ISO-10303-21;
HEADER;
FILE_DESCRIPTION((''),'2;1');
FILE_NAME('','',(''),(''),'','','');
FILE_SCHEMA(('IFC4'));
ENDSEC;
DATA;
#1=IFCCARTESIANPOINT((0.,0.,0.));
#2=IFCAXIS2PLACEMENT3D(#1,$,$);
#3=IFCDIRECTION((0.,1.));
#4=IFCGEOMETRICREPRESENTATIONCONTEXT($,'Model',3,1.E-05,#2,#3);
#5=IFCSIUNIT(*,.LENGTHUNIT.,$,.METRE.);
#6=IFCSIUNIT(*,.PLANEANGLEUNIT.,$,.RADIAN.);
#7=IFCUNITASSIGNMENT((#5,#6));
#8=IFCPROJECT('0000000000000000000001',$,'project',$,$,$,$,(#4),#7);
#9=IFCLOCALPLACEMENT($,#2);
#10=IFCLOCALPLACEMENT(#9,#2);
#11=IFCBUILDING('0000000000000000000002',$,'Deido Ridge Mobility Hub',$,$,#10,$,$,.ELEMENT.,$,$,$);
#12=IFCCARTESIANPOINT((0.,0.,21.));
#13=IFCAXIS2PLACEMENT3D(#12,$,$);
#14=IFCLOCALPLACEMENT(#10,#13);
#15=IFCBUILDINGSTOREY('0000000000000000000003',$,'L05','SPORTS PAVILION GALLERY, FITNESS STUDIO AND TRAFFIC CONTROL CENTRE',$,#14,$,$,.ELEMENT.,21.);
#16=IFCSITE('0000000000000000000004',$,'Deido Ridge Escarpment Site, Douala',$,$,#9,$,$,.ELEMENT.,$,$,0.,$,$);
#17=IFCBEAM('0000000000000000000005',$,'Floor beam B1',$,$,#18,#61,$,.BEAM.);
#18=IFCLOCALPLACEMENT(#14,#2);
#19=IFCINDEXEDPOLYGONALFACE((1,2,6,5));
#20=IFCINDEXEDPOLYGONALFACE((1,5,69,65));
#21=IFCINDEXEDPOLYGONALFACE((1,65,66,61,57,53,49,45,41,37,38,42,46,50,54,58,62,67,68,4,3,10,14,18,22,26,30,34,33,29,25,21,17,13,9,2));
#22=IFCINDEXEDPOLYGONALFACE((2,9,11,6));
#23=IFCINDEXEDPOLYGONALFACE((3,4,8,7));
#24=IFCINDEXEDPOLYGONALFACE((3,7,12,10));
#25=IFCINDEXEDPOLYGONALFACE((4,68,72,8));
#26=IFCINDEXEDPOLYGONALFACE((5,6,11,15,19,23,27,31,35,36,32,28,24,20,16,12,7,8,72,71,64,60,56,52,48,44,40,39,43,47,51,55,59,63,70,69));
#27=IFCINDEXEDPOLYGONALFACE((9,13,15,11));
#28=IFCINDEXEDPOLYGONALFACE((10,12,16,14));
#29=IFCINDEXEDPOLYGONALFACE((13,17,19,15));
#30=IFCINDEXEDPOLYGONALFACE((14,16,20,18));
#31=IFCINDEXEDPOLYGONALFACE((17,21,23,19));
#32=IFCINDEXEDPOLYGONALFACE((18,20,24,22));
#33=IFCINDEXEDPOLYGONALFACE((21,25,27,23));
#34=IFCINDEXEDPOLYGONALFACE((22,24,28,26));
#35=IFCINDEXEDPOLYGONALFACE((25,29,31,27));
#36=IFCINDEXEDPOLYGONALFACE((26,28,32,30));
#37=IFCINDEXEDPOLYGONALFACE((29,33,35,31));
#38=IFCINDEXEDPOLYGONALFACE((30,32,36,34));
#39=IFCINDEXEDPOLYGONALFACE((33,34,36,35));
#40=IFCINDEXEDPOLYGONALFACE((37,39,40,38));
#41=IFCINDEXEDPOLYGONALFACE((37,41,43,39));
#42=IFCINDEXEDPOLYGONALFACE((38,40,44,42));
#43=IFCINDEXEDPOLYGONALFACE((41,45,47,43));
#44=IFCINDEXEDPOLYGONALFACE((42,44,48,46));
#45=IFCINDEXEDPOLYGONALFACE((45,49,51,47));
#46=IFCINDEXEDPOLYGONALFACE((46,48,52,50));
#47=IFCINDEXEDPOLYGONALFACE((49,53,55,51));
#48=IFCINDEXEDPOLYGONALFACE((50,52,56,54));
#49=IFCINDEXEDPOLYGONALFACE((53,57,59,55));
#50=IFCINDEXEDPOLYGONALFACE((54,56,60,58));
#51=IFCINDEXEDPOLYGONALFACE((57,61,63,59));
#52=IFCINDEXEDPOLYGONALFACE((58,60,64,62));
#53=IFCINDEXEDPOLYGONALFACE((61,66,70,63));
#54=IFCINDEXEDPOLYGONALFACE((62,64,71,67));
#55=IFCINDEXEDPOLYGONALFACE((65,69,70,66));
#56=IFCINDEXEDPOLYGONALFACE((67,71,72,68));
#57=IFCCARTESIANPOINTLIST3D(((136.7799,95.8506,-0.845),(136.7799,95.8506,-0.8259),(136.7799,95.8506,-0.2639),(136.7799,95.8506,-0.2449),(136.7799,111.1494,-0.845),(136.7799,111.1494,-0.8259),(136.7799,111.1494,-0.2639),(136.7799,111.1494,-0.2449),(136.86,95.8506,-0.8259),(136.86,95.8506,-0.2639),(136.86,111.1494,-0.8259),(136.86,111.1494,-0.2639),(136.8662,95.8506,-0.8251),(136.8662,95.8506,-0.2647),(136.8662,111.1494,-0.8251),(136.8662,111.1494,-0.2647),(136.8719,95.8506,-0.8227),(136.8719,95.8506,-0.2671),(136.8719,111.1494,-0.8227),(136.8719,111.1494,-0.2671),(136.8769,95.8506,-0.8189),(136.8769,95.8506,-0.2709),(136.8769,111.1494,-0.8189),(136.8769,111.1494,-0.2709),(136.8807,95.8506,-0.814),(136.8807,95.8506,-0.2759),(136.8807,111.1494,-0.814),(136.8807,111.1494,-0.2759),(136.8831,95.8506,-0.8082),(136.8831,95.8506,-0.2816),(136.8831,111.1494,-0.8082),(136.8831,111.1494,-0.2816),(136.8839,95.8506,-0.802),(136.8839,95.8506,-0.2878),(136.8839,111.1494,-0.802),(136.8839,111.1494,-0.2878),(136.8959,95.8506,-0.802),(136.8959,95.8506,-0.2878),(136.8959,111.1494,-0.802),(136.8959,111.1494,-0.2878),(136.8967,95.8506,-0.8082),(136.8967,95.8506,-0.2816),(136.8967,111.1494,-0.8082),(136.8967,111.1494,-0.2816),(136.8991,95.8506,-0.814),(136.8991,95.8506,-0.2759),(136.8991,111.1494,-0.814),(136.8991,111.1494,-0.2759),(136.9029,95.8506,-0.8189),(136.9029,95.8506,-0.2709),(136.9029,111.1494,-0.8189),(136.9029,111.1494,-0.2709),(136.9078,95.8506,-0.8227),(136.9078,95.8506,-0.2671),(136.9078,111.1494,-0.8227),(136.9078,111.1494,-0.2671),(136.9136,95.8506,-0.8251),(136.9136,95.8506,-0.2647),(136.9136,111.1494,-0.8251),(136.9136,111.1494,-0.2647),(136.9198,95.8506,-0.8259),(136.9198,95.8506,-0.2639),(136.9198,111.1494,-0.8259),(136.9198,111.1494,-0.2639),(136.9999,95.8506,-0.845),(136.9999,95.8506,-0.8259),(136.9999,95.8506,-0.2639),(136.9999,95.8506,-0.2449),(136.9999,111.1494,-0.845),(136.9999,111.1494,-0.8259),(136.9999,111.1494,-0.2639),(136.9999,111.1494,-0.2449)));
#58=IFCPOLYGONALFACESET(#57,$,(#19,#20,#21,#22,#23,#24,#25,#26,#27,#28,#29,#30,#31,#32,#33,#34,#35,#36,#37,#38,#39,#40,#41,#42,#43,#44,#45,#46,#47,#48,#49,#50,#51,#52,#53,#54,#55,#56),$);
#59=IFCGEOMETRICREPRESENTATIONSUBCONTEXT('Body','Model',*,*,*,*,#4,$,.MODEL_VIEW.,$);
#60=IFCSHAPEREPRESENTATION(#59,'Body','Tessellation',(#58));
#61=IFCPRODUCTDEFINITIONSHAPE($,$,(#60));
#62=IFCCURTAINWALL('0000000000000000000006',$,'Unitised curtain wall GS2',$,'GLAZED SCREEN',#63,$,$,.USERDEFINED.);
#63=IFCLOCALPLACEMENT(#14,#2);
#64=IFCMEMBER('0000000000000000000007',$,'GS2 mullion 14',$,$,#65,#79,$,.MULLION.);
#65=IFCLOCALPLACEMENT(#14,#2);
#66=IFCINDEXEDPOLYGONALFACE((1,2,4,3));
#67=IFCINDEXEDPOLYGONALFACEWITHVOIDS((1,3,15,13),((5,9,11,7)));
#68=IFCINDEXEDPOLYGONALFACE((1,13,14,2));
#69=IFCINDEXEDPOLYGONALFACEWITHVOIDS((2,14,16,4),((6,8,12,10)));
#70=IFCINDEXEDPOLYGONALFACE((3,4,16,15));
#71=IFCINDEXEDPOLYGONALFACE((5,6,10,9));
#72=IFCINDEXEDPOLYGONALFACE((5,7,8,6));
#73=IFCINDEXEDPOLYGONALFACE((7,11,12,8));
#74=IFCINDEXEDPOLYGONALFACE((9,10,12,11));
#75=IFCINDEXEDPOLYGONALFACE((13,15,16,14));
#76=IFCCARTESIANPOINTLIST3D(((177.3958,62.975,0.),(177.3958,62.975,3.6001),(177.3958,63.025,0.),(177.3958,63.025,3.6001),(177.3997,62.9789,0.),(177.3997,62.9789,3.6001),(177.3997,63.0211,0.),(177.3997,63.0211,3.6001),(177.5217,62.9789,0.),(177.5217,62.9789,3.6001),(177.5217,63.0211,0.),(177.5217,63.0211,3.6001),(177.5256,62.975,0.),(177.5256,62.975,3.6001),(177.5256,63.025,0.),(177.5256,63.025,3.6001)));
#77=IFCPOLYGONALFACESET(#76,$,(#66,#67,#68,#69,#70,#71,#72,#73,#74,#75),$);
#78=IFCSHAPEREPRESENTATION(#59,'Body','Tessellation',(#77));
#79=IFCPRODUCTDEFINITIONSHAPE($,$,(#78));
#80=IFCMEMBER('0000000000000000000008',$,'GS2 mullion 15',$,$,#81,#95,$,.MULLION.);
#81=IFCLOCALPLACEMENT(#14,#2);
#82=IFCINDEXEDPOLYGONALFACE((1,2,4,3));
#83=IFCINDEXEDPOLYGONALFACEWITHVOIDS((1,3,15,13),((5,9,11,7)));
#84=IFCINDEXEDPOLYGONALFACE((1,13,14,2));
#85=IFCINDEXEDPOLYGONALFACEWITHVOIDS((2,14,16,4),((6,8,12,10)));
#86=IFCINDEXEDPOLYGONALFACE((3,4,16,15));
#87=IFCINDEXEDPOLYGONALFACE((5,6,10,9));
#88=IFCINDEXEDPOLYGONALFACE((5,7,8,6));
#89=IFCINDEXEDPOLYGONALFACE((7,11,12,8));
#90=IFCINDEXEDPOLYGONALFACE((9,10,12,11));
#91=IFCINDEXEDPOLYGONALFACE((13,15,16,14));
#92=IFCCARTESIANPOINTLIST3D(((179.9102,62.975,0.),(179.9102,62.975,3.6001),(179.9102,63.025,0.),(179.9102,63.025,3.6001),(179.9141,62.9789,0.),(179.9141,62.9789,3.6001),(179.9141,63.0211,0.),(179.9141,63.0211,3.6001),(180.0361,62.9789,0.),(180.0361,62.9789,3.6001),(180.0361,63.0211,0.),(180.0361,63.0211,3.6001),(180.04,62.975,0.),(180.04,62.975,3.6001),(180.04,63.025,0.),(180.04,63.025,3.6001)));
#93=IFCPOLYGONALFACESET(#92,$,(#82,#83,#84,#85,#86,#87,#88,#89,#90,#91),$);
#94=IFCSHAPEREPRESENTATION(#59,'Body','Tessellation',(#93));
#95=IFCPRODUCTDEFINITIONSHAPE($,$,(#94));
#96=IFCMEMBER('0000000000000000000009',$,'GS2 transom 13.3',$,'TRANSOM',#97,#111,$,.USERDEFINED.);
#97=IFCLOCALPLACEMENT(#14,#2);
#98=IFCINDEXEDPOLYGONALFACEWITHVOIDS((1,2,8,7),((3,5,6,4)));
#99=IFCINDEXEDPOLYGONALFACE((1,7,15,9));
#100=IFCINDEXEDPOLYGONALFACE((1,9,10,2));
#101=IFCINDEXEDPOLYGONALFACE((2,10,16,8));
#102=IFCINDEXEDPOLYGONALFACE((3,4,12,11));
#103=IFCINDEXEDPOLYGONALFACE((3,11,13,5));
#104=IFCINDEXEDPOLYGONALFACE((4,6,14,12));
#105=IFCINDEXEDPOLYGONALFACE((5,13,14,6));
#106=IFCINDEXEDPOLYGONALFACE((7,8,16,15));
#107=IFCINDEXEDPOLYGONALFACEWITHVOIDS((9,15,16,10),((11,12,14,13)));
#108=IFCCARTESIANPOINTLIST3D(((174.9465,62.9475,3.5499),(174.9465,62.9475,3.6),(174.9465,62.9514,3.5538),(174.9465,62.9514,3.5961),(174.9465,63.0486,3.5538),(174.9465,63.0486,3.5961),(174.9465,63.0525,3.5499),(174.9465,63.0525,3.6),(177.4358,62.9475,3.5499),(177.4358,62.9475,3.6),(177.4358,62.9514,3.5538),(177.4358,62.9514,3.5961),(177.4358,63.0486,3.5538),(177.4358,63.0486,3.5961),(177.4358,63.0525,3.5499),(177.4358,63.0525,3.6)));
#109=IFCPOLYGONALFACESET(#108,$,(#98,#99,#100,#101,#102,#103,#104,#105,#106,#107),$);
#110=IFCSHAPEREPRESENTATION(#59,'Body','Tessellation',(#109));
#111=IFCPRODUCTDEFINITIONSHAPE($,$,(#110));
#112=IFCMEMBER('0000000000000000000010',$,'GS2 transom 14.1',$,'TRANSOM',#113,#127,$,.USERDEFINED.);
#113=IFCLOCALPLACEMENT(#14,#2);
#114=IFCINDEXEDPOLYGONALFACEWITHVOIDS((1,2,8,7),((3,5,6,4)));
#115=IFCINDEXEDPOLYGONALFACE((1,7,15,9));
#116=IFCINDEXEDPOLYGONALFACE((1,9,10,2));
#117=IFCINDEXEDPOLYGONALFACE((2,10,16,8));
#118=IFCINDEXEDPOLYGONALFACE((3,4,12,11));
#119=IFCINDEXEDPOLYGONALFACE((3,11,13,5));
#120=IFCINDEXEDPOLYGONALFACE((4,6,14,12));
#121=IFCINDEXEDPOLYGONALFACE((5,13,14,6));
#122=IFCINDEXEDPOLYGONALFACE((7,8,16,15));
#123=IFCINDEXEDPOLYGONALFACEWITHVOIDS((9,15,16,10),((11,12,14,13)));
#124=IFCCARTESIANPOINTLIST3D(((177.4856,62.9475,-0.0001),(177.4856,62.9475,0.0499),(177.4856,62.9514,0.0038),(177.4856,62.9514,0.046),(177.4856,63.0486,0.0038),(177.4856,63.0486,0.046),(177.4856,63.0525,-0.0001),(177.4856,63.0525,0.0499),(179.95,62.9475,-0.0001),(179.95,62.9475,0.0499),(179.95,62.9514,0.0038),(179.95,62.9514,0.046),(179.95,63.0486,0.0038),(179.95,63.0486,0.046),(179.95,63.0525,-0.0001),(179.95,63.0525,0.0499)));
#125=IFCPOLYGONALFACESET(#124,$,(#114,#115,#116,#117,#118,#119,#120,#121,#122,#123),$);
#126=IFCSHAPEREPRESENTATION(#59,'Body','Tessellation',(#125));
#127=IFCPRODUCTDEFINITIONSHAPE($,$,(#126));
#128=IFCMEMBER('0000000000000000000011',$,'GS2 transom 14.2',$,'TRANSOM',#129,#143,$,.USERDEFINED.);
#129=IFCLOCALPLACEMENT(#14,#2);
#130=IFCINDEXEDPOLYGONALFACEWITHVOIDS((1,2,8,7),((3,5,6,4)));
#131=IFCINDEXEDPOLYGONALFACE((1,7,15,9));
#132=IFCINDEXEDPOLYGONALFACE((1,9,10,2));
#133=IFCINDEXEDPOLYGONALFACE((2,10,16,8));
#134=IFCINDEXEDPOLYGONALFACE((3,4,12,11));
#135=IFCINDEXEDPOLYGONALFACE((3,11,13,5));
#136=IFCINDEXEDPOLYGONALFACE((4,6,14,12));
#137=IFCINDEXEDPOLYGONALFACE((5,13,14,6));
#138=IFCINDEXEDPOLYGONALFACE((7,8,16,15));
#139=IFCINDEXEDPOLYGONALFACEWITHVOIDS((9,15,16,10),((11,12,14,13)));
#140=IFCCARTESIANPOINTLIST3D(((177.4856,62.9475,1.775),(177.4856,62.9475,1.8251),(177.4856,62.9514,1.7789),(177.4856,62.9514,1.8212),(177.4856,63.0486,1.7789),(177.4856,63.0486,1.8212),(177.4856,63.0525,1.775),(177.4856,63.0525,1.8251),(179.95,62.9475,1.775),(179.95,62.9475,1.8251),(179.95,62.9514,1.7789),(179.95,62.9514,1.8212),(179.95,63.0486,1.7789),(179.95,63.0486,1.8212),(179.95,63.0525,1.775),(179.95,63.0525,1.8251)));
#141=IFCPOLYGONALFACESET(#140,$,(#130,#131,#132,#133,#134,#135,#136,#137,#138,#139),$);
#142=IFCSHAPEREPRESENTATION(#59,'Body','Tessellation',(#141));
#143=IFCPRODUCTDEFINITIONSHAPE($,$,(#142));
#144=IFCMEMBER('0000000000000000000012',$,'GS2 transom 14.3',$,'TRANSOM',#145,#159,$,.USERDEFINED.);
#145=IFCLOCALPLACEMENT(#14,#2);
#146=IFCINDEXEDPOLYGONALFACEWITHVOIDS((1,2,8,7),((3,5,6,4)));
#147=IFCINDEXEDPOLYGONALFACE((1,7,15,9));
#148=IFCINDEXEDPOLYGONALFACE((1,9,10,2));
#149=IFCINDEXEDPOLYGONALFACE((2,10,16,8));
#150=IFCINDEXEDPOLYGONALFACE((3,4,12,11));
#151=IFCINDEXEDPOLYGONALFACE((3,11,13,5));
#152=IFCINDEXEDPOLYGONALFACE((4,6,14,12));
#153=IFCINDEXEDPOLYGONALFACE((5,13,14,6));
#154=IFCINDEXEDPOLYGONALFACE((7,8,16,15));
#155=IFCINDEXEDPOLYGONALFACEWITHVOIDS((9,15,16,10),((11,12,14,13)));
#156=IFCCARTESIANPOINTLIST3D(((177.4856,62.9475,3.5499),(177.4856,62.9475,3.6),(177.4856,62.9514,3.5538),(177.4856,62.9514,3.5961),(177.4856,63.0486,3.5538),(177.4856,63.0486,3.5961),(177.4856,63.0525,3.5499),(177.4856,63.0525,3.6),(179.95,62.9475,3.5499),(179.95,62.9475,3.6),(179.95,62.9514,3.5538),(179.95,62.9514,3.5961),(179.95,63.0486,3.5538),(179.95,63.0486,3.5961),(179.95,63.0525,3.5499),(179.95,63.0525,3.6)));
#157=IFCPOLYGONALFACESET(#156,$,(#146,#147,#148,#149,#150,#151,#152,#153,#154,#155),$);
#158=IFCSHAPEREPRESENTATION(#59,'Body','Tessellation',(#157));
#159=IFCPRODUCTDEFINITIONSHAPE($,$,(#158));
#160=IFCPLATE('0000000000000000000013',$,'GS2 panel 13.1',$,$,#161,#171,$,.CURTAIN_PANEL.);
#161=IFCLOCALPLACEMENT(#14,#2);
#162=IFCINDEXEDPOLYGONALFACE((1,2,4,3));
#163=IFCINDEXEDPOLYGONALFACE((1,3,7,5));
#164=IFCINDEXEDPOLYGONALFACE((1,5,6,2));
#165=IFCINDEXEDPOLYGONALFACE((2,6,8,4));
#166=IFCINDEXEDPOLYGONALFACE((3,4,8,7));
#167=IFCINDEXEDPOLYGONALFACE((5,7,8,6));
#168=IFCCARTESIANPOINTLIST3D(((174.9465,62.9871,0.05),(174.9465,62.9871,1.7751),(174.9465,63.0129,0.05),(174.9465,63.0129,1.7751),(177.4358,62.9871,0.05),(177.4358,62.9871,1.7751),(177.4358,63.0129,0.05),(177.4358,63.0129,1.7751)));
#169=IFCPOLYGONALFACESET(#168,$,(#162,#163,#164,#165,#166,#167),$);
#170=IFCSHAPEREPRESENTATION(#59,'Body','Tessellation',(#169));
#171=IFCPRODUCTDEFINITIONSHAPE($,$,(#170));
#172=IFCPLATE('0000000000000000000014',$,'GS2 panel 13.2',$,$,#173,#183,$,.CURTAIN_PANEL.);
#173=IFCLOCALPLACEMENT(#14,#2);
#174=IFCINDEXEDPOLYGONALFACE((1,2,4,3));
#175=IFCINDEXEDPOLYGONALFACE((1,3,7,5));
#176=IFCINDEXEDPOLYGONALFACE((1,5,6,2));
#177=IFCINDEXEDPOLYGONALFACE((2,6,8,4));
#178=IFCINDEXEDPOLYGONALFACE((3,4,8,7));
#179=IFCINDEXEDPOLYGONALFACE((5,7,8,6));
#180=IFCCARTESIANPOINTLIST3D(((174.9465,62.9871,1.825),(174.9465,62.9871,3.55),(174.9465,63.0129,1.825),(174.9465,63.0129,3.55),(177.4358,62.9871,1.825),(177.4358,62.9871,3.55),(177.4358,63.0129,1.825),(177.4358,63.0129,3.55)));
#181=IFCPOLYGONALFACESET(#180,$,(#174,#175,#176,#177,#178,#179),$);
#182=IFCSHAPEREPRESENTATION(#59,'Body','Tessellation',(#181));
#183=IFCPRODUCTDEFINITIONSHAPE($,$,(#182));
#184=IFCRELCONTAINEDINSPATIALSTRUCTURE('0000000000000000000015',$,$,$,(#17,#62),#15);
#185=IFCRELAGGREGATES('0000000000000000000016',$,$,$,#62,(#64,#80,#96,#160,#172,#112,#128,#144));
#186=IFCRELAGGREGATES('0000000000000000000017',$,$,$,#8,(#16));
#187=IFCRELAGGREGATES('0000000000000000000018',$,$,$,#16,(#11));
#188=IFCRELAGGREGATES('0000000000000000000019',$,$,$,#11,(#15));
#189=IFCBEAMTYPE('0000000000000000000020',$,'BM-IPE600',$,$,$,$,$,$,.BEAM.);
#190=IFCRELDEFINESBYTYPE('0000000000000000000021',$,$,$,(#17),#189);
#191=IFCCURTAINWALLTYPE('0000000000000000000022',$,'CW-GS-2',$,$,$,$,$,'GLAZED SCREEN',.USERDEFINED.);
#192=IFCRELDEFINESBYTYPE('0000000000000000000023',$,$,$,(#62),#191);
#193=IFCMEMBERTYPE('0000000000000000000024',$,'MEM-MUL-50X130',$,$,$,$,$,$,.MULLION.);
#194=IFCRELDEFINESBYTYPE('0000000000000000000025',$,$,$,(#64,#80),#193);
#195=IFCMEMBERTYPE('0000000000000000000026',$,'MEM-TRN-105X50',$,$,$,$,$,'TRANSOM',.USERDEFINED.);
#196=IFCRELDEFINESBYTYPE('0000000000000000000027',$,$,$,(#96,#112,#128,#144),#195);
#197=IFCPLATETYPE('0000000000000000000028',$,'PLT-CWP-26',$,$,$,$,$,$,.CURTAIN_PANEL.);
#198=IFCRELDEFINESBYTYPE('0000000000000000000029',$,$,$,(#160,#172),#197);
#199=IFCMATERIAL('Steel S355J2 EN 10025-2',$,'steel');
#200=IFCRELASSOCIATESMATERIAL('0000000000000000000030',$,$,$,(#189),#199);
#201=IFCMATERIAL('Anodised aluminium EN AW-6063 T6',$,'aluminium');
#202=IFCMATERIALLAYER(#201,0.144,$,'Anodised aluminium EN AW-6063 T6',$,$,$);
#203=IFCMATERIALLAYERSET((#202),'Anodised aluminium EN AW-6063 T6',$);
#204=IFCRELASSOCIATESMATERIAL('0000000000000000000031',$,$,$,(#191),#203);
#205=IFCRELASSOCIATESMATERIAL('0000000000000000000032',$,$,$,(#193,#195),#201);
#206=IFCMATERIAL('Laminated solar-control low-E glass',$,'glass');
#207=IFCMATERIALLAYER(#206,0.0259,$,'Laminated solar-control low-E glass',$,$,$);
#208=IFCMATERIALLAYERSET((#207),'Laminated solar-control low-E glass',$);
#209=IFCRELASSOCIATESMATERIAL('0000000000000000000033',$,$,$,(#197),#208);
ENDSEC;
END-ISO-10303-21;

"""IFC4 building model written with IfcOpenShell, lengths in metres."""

from ifc_helpers import new_model, si_unit, direction, frame, origin, origin_2d, place, context, subcontext, project, spatial, rectangle, hollow_rectangle, i_section, extrude, material, layer, layer_set, material_profile, profile_set, type_object, element, aggregate, save


model = new_model("IFC4")

# Units and contexts
model_context = context("Model", 3, precision=1e-05, world=origin(), true_north=direction((0.0, 1.0)))
body_context = subcontext(model_context, "Body", "Model", "MODEL_VIEW")
ifc_project = project(units=[si_unit("LENGTHUNIT", "METRE"), si_unit("PLANEANGLEUNIT", "RADIAN")], contexts=[model_context])

# Site, building, storey
site_placement = place(None, origin())
site = spatial("IfcSite", under=ifc_project, at=site_placement, Name="Deido Ridge Escarpment Site, Douala", CompositionType="ELEMENT", RefElevation=0.0)
building_placement = place(site_placement, origin())
building = spatial("IfcBuilding", under=site, at=building_placement, Name="Deido Ridge Mobility Hub", CompositionType="ELEMENT")
storey_placement = place(building_placement, frame((0.0, 0.0, 21.0)))
storey = spatial("IfcBuildingStorey", under=building, at=storey_placement, Name="L05", Description="SPORTS PAVILION GALLERY, FITNESS STUDIO AND TRAFFIC CONTROL CENTRE", CompositionType="ELEMENT", Elevation=21.0)

# Beam
ifc_material_1 = material(Name="Steel S355J2 EN 10025-2", Category="steel")
ifc_material_profile_1 = material_profile(ifc_material_1, i_section(OverallWidth=0.22, OverallDepth=0.6001, WebThickness=0.012, FlangeThickness=0.019, FilletRadius=0.0239, at=origin_2d()), Name="IPE 600")
ifc_profile_set_1 = profile_set([ifc_material_profile_1], Name="Steel S355J2 EN 10025-2")
beam_type = type_object("IfcBeamType", Name="BM-IPE600", PredefinedType="BEAM", material=ifc_profile_set_1)
beam_placement = place(storey_placement, frame((136.8899, 95.8506, -0.5449), z_axis=(0.0, 1.0, 0.0), x_axis=(-1.0, 0.0, 0.0)))
element("IfcBeam", 1, at=beam_placement, inside=storey, type_object=beam_type, Name="Floor beam B1", PredefinedType="BEAM", context=body_context, shape_type="SweptSolid", body=[
    extrude(i_section(OverallWidth=0.22, OverallDepth=0.6001, WebThickness=0.012, FlangeThickness=0.019, FilletRadius=0.0239, at=origin_2d()), origin(), (0.0, 0.0, 1.0), 15.2988),
])

# Curtain wall, members, plates
ifc_material_2 = material(Name="Anodised aluminium EN AW-6063 T6", Category="aluminium")
ifc_layer_1 = layer(ifc_material_2, 0.144, Name="Anodised aluminium EN AW-6063 T6")
ifc_layer_set_1 = layer_set([ifc_layer_1], Name="Anodised aluminium EN AW-6063 T6")
curtain_wall_type = type_object("IfcCurtainWallType", Name="CW-GS-2", ElementType="GLAZED SCREEN", PredefinedType="USERDEFINED", material=ifc_layer_set_1)
curtain_wall_placement = place(storey_placement, origin())
curtain_wall = element("IfcCurtainWall", 2, at=curtain_wall_placement, inside=storey, type_object=curtain_wall_type, Name="Unitised curtain wall GS2", ObjectType="GLAZED SCREEN", PredefinedType="USERDEFINED")
ifc_material_profile_2 = material_profile(ifc_material_2, hollow_rectangle(XDim=0.05, YDim=0.1299, WallThickness=0.0039, at=origin_2d()), Name="RHS 50x130x4")
ifc_profile_set_2 = profile_set([ifc_material_profile_2], Name="Anodised aluminium EN AW-6063 T6")
member_type_1 = type_object("IfcMemberType", Name="MEM-MUL-50X130", PredefinedType="MULLION", material=ifc_profile_set_2)
member_1_placement = place(storey_placement, frame((177.4607, 63.0, 0.0), z_axis=(0.0, 0.0, 1.0), x_axis=(0.0, 1.0, 0.0)))
member_1 = element("IfcMember", 3, at=member_1_placement, type_object=member_type_1, Name="GS2 mullion 14", PredefinedType="MULLION", context=body_context, shape_type="SweptSolid", body=[
    extrude(hollow_rectangle(XDim=0.05, YDim=0.1299, WallThickness=0.0039, at=origin_2d()), origin(), (0.0, 0.0, 1.0), 3.6001),
])
member_2_placement = place(storey_placement, frame((179.9751, 63.0, 0.0), z_axis=(0.0, 0.0, 1.0), x_axis=(0.0, 1.0, 0.0)))
member_2 = element("IfcMember", 4, at=member_2_placement, type_object=member_type_1, Name="GS2 mullion 15", PredefinedType="MULLION", context=body_context, shape_type="SweptSolid", body=[
    extrude(hollow_rectangle(XDim=0.05, YDim=0.1299, WallThickness=0.0039, at=origin_2d()), origin(), (0.0, 0.0, 1.0), 3.6001),
])
ifc_material_profile_3 = material_profile(ifc_material_2, hollow_rectangle(XDim=0.105, YDim=0.05, WallThickness=0.0039, at=origin_2d()), Name="RHS 105x50x4")
ifc_profile_set_3 = profile_set([ifc_material_profile_3], Name="Anodised aluminium EN AW-6063 T6")
member_type_2 = type_object("IfcMemberType", Name="MEM-TRN-105X50", ElementType="TRANSOM", PredefinedType="USERDEFINED", material=ifc_profile_set_3)
member_3_placement = place(storey_placement, frame((174.9465, 63.0, 3.575), z_axis=(1.0, 0.0, 0.0), x_axis=(0.0, 1.0, 0.0)))
member_3 = element("IfcMember", 5, at=member_3_placement, type_object=member_type_2, Name="GS2 transom 13.3", ObjectType="TRANSOM", PredefinedType="USERDEFINED", context=body_context, shape_type="SweptSolid", body=[
    extrude(hollow_rectangle(XDim=0.105, YDim=0.05, WallThickness=0.0039, at=origin_2d()), origin(), (0.0, 0.0, 1.0), 2.4893),
])
member_4_placement = place(storey_placement, frame((177.4856, 63.0, 0.0249), z_axis=(1.0, 0.0, 0.0), x_axis=(0.0, 1.0, 0.0)))
member_4 = element("IfcMember", 6, at=member_4_placement, type_object=member_type_2, Name="GS2 transom 14.1", ObjectType="TRANSOM", PredefinedType="USERDEFINED", context=body_context, shape_type="SweptSolid", body=[
    extrude(hollow_rectangle(XDim=0.105, YDim=0.05, WallThickness=0.0039, at=origin_2d()), origin(), (0.0, 0.0, 1.0), 2.4644),
])
member_5_placement = place(storey_placement, frame((177.4856, 63.0, 1.8), z_axis=(1.0, 0.0, 0.0), x_axis=(0.0, 1.0, 0.0)))
member_5 = element("IfcMember", 7, at=member_5_placement, type_object=member_type_2, Name="GS2 transom 14.2", ObjectType="TRANSOM", PredefinedType="USERDEFINED", context=body_context, shape_type="SweptSolid", body=[
    extrude(hollow_rectangle(XDim=0.105, YDim=0.05, WallThickness=0.0039, at=origin_2d()), origin(), (0.0, 0.0, 1.0), 2.4644),
])
member_6_placement = place(storey_placement, frame((177.4856, 63.0, 3.575), z_axis=(1.0, 0.0, 0.0), x_axis=(0.0, 1.0, 0.0)))
member_6 = element("IfcMember", 8, at=member_6_placement, type_object=member_type_2, Name="GS2 transom 14.3", ObjectType="TRANSOM", PredefinedType="USERDEFINED", context=body_context, shape_type="SweptSolid", body=[
    extrude(hollow_rectangle(XDim=0.105, YDim=0.05, WallThickness=0.0039, at=origin_2d()), origin(), (0.0, 0.0, 1.0), 2.4644),
])
ifc_material_3 = material(Name="Laminated solar-control low-E glass", Category="glass")
ifc_layer_2 = layer(ifc_material_3, 0.0259, Name="Laminated solar-control low-E glass")
ifc_layer_set_2 = layer_set([ifc_layer_2], Name="Laminated solar-control low-E glass")
plate_type = type_object("IfcPlateType", Name="PLT-CWP-26", PredefinedType="CURTAIN_PANEL", material=ifc_layer_set_2)
plate_1_placement = place(storey_placement, frame((176.1912, 63.0, 0.05), z_axis=(0.0, 0.0, 1.0), x_axis=(1.0, 0.0, 0.0)))
plate_1 = element("IfcPlate", 9, at=plate_1_placement, type_object=plate_type, Name="GS2 panel 13.1", PredefinedType="CURTAIN_PANEL", context=body_context, shape_type="SweptSolid", body=[
    extrude(rectangle(XDim=2.4893, YDim=0.0259, at=origin_2d()), origin(), (0.0, 0.0, 1.0), 1.7251),
])
plate_2_placement = place(storey_placement, frame((176.1912, 63.0, 1.825), z_axis=(0.0, 0.0, 1.0), x_axis=(1.0, 0.0, 0.0)))
plate_2 = element("IfcPlate", 10, at=plate_2_placement, type_object=plate_type, Name="GS2 panel 13.2", PredefinedType="CURTAIN_PANEL", context=body_context, shape_type="SweptSolid", body=[
    extrude(rectangle(XDim=2.4893, YDim=0.0259, at=origin_2d()), origin(), (0.0, 0.0, 1.0), 1.7251),
])
aggregate(curtain_wall, [member_1, member_2, member_3, plate_1, plate_2, member_4, member_5, member_6])

save(model, "model.ifc")
